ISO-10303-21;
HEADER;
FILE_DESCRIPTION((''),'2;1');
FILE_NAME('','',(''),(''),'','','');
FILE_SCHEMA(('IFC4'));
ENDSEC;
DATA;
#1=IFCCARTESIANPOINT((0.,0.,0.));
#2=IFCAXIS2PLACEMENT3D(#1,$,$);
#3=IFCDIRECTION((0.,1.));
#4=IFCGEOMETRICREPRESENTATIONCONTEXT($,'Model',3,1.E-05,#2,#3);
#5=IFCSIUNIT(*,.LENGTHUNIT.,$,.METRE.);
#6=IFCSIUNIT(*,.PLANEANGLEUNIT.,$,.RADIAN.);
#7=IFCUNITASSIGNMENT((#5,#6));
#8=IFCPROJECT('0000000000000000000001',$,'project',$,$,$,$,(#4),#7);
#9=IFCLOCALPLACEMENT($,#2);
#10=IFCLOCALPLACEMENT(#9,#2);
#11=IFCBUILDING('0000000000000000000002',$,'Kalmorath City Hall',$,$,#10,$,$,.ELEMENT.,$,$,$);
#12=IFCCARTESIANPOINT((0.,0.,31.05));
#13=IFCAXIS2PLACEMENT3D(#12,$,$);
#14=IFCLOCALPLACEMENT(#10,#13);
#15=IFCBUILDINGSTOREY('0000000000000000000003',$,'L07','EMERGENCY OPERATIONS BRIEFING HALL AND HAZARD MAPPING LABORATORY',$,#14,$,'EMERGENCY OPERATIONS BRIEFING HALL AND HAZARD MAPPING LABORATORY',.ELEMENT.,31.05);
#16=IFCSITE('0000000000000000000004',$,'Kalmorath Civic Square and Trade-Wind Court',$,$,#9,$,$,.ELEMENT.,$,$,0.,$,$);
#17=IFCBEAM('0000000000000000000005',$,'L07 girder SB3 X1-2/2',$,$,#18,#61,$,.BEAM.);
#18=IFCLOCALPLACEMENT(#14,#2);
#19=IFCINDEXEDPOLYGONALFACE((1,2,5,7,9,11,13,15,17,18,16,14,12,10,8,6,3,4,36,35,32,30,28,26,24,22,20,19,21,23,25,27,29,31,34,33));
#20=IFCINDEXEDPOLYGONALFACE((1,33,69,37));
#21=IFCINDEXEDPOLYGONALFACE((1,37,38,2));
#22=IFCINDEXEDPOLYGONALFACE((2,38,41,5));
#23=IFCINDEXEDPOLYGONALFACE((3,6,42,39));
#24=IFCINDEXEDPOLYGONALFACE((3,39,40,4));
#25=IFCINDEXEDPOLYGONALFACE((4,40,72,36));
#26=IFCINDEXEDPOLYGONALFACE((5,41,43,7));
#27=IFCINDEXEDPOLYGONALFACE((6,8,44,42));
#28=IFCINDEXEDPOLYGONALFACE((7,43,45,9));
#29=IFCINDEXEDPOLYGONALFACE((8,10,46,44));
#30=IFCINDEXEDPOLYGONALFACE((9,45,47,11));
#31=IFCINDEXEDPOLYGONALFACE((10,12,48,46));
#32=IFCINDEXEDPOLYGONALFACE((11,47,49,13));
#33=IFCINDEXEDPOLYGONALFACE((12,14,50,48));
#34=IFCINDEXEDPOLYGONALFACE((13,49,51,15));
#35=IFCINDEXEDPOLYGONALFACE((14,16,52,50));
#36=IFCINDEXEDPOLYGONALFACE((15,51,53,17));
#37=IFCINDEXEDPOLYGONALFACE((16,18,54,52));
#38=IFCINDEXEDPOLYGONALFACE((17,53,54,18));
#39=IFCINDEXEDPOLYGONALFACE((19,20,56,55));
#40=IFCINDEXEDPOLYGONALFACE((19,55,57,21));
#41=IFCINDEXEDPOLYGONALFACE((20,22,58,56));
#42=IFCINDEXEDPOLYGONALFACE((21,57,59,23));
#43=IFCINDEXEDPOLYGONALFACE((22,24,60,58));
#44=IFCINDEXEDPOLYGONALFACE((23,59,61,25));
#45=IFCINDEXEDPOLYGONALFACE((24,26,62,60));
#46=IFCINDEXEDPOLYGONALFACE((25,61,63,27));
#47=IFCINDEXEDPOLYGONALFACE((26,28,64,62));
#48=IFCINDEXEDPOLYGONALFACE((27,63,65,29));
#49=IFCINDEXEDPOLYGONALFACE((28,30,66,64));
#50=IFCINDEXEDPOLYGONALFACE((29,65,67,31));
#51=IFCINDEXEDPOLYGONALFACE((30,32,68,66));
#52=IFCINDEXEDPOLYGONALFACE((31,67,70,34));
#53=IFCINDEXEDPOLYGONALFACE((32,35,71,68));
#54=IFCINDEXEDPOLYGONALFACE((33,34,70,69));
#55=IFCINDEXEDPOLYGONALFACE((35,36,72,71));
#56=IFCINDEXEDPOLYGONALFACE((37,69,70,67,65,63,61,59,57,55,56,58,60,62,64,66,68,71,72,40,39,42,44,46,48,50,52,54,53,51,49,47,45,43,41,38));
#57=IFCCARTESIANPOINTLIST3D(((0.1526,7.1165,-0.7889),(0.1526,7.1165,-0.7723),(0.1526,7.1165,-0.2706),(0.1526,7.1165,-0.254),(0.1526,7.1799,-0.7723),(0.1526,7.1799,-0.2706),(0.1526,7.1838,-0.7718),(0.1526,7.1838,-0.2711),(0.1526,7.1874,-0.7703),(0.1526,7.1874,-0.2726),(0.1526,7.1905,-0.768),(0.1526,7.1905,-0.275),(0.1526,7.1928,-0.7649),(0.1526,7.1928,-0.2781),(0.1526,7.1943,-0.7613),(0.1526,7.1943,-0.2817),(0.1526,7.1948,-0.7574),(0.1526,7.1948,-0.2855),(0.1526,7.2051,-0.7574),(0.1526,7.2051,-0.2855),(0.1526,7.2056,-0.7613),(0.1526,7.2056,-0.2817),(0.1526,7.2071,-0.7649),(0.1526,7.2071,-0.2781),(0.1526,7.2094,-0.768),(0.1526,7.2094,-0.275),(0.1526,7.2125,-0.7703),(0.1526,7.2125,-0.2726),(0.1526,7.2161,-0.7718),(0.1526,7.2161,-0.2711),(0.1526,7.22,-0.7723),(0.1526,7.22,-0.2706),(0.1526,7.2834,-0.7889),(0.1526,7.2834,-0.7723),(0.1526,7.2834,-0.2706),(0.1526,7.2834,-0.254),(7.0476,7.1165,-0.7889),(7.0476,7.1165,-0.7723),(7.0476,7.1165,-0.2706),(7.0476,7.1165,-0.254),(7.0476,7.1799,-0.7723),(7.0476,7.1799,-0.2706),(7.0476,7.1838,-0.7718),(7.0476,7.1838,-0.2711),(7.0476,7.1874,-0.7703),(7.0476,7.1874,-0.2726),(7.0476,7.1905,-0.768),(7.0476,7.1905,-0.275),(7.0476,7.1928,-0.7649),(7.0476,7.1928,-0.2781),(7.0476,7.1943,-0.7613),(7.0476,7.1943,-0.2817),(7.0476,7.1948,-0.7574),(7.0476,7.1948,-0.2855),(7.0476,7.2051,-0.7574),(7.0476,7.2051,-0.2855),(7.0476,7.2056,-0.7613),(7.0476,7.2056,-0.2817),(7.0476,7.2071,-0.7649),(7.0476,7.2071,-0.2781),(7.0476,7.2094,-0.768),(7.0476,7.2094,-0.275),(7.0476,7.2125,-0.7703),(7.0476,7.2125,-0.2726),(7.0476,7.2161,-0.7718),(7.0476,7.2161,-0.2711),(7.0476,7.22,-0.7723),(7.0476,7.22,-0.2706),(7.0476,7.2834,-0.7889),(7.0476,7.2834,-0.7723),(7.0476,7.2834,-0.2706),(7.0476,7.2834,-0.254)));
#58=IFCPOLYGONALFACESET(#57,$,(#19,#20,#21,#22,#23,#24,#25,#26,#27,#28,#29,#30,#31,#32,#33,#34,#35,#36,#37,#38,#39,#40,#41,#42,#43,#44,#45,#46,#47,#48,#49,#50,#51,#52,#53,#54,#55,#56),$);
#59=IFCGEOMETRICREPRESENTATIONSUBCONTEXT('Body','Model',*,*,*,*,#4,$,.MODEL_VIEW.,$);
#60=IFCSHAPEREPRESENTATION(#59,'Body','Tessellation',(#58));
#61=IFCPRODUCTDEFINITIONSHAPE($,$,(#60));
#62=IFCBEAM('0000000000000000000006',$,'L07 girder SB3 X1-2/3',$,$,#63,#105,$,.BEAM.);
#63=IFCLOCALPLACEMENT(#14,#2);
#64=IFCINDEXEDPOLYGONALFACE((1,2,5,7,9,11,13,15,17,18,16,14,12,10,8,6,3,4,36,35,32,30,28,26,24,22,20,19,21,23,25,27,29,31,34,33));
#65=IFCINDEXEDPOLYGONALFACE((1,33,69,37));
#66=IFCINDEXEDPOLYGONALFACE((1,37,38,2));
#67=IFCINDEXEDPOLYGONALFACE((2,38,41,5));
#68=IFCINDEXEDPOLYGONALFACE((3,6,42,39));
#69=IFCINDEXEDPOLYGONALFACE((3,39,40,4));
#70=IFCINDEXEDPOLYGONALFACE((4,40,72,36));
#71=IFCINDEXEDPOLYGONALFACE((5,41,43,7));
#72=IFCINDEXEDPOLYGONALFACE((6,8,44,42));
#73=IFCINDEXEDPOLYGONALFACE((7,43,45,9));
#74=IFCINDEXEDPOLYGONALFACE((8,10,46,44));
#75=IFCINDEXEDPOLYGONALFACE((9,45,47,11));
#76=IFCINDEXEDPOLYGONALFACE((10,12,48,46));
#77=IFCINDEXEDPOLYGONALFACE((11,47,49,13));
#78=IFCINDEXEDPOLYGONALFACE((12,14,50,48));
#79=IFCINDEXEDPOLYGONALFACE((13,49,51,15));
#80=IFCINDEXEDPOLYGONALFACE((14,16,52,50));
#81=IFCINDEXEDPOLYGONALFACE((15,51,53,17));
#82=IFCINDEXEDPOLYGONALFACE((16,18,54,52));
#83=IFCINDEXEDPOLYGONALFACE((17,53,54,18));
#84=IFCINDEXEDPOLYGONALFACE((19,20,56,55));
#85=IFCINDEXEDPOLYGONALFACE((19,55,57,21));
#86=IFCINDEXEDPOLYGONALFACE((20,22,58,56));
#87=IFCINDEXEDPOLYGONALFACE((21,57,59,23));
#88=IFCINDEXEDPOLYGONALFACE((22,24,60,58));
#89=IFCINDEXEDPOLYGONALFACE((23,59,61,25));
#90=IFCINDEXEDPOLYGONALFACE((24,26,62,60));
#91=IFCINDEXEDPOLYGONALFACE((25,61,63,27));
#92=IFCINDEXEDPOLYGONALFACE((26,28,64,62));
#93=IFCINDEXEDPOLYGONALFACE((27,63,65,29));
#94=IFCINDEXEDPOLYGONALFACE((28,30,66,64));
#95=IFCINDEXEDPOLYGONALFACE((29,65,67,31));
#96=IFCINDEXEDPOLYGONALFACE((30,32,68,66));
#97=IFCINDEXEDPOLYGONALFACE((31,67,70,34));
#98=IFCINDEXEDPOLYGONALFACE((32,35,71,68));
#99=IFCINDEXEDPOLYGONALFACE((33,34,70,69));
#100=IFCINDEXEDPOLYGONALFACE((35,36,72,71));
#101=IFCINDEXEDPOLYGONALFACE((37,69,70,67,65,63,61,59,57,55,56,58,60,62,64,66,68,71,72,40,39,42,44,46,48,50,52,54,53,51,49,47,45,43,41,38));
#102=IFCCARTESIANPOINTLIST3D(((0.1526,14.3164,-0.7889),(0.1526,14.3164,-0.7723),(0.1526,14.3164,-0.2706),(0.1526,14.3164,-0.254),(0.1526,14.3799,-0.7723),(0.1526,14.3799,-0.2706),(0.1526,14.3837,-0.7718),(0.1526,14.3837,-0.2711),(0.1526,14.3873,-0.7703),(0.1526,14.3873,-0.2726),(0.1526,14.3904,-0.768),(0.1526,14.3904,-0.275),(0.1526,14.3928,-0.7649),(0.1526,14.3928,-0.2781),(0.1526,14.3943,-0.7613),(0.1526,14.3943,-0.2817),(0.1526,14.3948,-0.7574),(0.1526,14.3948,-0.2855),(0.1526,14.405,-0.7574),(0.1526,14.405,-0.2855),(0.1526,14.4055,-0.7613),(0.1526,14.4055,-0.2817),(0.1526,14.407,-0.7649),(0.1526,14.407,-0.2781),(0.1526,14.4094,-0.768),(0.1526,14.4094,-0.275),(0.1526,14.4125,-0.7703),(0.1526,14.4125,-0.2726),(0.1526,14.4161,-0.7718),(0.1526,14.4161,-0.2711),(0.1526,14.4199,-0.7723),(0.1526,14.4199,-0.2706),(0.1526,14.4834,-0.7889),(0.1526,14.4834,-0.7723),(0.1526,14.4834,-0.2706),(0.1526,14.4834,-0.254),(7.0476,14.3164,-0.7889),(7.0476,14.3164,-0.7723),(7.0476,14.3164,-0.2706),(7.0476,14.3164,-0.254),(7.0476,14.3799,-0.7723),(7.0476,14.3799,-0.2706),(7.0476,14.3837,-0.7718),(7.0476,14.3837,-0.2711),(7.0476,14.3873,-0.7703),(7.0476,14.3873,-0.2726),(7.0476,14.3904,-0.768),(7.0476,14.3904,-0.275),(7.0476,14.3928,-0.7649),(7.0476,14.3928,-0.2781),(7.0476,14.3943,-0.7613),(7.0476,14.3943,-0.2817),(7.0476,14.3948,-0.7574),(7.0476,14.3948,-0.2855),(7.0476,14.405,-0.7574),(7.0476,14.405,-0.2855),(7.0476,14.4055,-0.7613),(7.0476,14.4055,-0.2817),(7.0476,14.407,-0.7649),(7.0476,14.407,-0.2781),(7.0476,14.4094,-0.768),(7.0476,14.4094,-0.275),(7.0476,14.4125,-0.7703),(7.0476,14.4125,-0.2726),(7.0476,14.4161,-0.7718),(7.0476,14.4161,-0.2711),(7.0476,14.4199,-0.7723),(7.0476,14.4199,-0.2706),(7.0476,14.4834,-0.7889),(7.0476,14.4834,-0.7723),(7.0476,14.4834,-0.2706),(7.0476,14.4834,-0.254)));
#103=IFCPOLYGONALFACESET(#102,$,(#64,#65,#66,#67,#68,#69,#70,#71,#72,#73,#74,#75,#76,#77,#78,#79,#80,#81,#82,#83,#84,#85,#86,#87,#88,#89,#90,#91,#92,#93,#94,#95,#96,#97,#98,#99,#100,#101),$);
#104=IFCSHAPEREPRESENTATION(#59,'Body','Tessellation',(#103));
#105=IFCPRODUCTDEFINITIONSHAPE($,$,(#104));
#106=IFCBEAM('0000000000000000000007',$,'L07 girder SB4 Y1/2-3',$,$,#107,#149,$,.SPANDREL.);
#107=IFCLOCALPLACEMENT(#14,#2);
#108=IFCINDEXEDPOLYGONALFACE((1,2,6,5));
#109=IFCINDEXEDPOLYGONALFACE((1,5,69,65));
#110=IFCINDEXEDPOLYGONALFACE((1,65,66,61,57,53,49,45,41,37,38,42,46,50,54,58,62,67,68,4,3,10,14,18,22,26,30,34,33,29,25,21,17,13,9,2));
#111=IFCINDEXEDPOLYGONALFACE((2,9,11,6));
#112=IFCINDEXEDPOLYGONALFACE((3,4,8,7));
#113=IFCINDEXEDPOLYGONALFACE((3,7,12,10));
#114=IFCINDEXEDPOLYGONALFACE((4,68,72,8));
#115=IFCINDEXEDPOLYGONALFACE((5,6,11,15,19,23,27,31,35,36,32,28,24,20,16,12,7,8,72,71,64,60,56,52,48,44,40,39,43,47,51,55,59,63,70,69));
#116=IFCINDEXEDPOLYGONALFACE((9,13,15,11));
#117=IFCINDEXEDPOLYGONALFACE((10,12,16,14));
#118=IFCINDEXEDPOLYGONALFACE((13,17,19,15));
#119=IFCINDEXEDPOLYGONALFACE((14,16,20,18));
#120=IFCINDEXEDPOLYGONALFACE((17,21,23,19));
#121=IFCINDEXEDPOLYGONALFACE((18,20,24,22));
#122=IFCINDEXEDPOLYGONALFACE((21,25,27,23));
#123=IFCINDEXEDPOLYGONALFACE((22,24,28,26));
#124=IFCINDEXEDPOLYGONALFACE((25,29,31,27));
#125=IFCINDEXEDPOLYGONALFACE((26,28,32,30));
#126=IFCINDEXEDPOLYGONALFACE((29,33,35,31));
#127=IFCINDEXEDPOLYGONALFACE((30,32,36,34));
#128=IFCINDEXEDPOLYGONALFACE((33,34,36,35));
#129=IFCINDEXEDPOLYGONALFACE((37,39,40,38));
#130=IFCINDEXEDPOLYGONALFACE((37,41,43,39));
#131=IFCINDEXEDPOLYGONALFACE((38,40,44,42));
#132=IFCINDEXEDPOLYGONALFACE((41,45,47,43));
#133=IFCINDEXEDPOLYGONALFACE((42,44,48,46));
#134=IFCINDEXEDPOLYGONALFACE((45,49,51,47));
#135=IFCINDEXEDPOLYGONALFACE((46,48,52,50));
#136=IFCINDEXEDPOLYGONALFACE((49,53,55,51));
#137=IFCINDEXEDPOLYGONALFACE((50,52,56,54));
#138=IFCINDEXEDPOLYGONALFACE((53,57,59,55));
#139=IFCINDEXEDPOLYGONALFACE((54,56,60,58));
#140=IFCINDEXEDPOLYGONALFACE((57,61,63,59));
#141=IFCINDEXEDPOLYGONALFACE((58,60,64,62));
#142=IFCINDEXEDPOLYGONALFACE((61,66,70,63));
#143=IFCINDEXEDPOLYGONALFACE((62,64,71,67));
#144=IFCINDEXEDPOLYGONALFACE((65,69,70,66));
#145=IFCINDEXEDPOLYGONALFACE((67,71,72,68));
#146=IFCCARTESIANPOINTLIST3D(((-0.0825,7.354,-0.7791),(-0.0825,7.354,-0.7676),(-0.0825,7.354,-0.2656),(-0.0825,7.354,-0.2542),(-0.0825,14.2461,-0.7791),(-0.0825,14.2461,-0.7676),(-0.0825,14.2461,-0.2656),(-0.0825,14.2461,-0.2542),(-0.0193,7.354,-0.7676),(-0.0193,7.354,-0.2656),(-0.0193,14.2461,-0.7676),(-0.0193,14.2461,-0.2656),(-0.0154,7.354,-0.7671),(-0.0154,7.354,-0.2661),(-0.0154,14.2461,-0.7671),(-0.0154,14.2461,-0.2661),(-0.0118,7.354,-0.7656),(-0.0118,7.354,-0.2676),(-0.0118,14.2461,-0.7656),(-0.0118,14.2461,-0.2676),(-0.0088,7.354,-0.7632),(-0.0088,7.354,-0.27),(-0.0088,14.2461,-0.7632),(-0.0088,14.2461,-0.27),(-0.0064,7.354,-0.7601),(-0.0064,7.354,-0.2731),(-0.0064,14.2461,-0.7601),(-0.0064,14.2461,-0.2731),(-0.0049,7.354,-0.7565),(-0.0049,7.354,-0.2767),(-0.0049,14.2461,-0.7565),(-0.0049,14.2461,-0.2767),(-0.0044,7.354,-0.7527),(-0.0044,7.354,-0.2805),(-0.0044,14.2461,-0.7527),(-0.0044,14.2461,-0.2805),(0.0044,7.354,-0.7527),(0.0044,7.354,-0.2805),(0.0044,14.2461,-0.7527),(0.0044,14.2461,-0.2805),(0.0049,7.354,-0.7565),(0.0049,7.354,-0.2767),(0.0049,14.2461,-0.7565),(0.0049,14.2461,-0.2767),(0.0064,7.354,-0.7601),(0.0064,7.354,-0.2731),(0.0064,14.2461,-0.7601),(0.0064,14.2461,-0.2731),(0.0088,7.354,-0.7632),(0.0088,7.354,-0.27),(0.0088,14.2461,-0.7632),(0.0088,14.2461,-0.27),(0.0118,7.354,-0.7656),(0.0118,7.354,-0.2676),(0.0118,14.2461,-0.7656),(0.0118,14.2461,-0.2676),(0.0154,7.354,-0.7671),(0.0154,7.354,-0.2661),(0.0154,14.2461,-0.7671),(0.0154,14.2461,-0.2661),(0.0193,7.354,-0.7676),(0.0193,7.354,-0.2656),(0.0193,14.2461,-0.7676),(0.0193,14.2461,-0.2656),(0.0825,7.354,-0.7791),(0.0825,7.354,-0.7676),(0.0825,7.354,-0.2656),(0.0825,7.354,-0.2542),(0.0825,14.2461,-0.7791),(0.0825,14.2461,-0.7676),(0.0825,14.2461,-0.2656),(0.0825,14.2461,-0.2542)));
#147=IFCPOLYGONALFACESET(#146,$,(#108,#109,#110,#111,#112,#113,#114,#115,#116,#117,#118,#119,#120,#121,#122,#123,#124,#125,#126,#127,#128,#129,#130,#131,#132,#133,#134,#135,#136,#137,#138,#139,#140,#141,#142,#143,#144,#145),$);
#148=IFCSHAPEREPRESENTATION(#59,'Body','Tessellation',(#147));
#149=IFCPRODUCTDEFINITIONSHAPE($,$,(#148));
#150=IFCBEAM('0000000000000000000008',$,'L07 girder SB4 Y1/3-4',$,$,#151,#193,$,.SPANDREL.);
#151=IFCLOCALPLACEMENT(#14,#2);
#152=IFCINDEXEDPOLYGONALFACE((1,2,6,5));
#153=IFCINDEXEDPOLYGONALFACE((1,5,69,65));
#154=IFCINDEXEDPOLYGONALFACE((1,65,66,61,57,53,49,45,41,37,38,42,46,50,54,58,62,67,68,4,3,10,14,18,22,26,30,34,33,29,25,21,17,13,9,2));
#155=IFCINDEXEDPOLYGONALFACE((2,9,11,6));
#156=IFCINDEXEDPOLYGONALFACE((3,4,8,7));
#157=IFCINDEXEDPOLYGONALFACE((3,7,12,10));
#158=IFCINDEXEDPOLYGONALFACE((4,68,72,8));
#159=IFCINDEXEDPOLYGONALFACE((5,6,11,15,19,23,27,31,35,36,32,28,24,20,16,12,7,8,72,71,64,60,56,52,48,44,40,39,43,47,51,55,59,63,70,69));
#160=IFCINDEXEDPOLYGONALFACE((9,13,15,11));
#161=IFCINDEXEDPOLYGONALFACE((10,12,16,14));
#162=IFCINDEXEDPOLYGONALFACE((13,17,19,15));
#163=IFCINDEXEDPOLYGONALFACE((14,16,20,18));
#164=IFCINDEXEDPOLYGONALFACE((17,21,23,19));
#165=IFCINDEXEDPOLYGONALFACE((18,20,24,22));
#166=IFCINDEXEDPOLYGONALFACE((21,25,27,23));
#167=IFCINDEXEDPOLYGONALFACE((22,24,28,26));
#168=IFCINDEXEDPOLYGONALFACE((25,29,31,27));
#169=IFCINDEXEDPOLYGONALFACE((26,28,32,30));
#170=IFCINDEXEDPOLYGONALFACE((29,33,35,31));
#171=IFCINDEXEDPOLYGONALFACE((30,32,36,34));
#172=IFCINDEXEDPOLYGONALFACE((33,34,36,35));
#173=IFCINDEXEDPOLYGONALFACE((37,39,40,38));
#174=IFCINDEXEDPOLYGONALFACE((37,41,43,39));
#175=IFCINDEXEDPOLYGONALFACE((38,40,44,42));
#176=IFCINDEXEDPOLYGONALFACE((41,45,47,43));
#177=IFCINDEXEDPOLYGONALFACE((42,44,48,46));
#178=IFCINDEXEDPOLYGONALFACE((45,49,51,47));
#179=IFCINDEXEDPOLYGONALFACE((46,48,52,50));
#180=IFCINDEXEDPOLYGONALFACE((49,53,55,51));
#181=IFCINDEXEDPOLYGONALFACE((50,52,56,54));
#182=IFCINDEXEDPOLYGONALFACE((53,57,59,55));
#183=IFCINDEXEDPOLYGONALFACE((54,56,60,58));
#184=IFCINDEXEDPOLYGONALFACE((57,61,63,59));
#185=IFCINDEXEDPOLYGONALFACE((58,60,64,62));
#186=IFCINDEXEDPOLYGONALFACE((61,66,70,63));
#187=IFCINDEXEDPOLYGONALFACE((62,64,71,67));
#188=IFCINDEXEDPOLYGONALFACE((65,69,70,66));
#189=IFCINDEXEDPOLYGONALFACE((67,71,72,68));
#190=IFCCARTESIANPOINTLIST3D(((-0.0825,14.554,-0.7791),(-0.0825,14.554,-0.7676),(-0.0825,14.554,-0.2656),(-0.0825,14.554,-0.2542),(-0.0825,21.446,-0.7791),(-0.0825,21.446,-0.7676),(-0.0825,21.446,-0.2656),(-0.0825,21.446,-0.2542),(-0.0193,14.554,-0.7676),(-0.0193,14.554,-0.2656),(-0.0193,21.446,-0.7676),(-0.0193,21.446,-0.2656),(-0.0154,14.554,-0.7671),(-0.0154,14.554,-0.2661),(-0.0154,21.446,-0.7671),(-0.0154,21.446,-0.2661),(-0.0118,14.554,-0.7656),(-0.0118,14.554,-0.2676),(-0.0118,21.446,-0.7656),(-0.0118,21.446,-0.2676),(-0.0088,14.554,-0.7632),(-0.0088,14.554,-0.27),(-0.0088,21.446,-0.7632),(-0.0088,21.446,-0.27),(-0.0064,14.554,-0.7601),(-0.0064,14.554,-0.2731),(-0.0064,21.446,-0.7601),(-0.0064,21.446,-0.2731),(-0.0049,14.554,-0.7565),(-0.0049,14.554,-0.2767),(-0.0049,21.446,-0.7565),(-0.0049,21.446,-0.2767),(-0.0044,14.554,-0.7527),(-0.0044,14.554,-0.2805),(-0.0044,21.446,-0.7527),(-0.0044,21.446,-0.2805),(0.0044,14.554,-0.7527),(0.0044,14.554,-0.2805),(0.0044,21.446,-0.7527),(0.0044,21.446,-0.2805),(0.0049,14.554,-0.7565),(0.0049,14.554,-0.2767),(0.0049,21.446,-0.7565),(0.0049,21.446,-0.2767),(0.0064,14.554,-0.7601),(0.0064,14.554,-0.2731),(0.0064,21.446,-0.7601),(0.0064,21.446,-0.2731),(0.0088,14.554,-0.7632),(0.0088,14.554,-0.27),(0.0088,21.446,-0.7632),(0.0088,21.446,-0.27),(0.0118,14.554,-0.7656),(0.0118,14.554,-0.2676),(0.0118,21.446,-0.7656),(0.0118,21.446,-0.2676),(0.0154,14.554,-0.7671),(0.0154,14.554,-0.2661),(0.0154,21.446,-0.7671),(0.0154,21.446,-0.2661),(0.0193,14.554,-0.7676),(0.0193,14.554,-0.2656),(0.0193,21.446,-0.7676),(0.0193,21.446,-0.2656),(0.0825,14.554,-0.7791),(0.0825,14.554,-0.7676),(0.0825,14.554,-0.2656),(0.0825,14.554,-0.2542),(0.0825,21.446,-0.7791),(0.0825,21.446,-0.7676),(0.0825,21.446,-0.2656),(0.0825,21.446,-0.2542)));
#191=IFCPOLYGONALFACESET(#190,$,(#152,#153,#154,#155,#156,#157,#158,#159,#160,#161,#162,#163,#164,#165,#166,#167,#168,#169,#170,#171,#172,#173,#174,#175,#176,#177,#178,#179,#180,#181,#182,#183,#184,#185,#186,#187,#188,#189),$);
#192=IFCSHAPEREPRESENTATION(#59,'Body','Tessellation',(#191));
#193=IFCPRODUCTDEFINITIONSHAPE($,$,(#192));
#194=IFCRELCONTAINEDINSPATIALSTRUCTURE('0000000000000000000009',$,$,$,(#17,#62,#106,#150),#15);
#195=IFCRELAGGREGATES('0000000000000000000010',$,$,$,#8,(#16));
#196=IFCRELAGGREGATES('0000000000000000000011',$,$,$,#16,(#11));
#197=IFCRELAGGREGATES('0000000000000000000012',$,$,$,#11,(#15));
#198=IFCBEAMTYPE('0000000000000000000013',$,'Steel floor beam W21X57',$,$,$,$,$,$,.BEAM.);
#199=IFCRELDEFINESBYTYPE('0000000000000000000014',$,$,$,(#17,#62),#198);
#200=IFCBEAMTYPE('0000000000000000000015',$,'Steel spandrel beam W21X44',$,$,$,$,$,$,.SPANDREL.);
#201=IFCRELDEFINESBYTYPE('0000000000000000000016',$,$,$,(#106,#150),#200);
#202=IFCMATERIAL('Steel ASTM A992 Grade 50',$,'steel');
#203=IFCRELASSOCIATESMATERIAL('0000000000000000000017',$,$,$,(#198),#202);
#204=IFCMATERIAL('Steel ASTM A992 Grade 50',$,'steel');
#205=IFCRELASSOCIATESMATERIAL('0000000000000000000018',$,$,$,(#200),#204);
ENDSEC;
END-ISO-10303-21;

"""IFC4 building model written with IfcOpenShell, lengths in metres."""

from ifc_helpers import new_model, si_unit, direction, frame, origin, origin_2d, place, context, subcontext, project, spatial, i_section, extrude, material, material_profile, profile_set, type_object, element, save


model = new_model("IFC4")

# Units and contexts
model_context = context("Model", 3, precision=1e-05, world=origin(), true_north=direction((0.0, 1.0)))
body_context = subcontext(model_context, "Body", "Model", "MODEL_VIEW")
ifc_project = project(units=[si_unit("LENGTHUNIT", "METRE"), si_unit("PLANEANGLEUNIT", "RADIAN")], contexts=[model_context])

# Site, building, storey
site_placement = place(None, origin())
site = spatial("IfcSite", under=ifc_project, at=site_placement, Name="Kalmorath Civic Square and Trade-Wind Court", CompositionType="ELEMENT", RefElevation=0.0)
building_placement = place(site_placement, origin())
building = spatial("IfcBuilding", under=site, at=building_placement, Name="Kalmorath City Hall", CompositionType="ELEMENT")
storey_placement = place(building_placement, frame((0.0, 0.0, 31.05)))
storey = spatial("IfcBuildingStorey", under=building, at=storey_placement, Name="L07", Description="EMERGENCY OPERATIONS BRIEFING HALL AND HAZARD MAPPING LABORATORY", LongName="EMERGENCY OPERATIONS BRIEFING HALL AND HAZARD MAPPING LABORATORY", CompositionType="ELEMENT", Elevation=31.05)

# Beams
ifc_material_1 = material(Name="Steel ASTM A992 Grade 50", Category="steel")
ifc_material_profile_1 = material_profile(ifc_material_1, i_section(OverallWidth=0.167, OverallDepth=0.5349, WebThickness=0.0103, FlangeThickness=0.0166, FilletRadius=0.0149, at=origin_2d()), Name="W21X57")
ifc_profile_set_1 = profile_set([ifc_material_profile_1], Name="Steel ASTM A992 Grade 50")
beam_type_1 = type_object("IfcBeamType", Name="Steel floor beam W21X57", PredefinedType="BEAM", material=ifc_profile_set_1)
for number, where, z_axis, x_axis, name in (
    (1, (0.1526, 7.2, -0.5215), (1.0, 0.0, 0.0), (0.0, 1.0, 0.0), "L07 girder SB3 X1-2/2"),
    (2, (0.1526, 14.3999, -0.5215), (1.0, 0.0, 0.0), (0.0, 1.0, 0.0), "L07 girder SB3 X1-2/3"),
):
    element("IfcBeam", number, at=place(storey_placement, frame(where, z_axis=z_axis, x_axis=x_axis)), inside=storey, type_object=beam_type_1, Name=name, PredefinedType="BEAM", context=body_context, shape_type="SweptSolid", body=[
        extrude(i_section(OverallWidth=0.167, OverallDepth=0.5349, WebThickness=0.0103, FlangeThickness=0.0166, FilletRadius=0.0149, at=origin_2d()), origin(), (0.0, 0.0, 1.0), 6.895),
    ])
ifc_material_2 = material(Name="Steel ASTM A992 Grade 50", Category="steel")
ifc_material_profile_2 = material_profile(ifc_material_2, i_section(OverallWidth=0.165, OverallDepth=0.5249, WebThickness=0.0088, FlangeThickness=0.0115, FilletRadius=0.0149, at=origin_2d()), Name="W21X44")
ifc_profile_set_2 = profile_set([ifc_material_profile_2], Name="Steel ASTM A992 Grade 50")
beam_type_2 = type_object("IfcBeamType", Name="Steel spandrel beam W21X44", PredefinedType="SPANDREL", material=ifc_profile_set_2)
for number, where, z_axis, x_axis, name in (
    (3, (0.0, 7.354, -0.5166), (0.0, 1.0, 0.0), (-1.0, 0.0, 0.0), "L07 girder SB4 Y1/2-3"),
    (4, (0.0, 14.554, -0.5166), (0.0, 1.0, 0.0), (-1.0, 0.0, 0.0), "L07 girder SB4 Y1/3-4"),
):
    element("IfcBeam", number, at=place(storey_placement, frame(where, z_axis=z_axis, x_axis=x_axis)), inside=storey, type_object=beam_type_2, Name=name, PredefinedType="SPANDREL", context=body_context, shape_type="SweptSolid", body=[
        extrude(i_section(OverallWidth=0.165, OverallDepth=0.5249, WebThickness=0.0088, FlangeThickness=0.0115, FilletRadius=0.0149, at=origin_2d()), origin(), (0.0, 0.0, 1.0), 6.8921),
    ])

save(model, "model.ifc")
